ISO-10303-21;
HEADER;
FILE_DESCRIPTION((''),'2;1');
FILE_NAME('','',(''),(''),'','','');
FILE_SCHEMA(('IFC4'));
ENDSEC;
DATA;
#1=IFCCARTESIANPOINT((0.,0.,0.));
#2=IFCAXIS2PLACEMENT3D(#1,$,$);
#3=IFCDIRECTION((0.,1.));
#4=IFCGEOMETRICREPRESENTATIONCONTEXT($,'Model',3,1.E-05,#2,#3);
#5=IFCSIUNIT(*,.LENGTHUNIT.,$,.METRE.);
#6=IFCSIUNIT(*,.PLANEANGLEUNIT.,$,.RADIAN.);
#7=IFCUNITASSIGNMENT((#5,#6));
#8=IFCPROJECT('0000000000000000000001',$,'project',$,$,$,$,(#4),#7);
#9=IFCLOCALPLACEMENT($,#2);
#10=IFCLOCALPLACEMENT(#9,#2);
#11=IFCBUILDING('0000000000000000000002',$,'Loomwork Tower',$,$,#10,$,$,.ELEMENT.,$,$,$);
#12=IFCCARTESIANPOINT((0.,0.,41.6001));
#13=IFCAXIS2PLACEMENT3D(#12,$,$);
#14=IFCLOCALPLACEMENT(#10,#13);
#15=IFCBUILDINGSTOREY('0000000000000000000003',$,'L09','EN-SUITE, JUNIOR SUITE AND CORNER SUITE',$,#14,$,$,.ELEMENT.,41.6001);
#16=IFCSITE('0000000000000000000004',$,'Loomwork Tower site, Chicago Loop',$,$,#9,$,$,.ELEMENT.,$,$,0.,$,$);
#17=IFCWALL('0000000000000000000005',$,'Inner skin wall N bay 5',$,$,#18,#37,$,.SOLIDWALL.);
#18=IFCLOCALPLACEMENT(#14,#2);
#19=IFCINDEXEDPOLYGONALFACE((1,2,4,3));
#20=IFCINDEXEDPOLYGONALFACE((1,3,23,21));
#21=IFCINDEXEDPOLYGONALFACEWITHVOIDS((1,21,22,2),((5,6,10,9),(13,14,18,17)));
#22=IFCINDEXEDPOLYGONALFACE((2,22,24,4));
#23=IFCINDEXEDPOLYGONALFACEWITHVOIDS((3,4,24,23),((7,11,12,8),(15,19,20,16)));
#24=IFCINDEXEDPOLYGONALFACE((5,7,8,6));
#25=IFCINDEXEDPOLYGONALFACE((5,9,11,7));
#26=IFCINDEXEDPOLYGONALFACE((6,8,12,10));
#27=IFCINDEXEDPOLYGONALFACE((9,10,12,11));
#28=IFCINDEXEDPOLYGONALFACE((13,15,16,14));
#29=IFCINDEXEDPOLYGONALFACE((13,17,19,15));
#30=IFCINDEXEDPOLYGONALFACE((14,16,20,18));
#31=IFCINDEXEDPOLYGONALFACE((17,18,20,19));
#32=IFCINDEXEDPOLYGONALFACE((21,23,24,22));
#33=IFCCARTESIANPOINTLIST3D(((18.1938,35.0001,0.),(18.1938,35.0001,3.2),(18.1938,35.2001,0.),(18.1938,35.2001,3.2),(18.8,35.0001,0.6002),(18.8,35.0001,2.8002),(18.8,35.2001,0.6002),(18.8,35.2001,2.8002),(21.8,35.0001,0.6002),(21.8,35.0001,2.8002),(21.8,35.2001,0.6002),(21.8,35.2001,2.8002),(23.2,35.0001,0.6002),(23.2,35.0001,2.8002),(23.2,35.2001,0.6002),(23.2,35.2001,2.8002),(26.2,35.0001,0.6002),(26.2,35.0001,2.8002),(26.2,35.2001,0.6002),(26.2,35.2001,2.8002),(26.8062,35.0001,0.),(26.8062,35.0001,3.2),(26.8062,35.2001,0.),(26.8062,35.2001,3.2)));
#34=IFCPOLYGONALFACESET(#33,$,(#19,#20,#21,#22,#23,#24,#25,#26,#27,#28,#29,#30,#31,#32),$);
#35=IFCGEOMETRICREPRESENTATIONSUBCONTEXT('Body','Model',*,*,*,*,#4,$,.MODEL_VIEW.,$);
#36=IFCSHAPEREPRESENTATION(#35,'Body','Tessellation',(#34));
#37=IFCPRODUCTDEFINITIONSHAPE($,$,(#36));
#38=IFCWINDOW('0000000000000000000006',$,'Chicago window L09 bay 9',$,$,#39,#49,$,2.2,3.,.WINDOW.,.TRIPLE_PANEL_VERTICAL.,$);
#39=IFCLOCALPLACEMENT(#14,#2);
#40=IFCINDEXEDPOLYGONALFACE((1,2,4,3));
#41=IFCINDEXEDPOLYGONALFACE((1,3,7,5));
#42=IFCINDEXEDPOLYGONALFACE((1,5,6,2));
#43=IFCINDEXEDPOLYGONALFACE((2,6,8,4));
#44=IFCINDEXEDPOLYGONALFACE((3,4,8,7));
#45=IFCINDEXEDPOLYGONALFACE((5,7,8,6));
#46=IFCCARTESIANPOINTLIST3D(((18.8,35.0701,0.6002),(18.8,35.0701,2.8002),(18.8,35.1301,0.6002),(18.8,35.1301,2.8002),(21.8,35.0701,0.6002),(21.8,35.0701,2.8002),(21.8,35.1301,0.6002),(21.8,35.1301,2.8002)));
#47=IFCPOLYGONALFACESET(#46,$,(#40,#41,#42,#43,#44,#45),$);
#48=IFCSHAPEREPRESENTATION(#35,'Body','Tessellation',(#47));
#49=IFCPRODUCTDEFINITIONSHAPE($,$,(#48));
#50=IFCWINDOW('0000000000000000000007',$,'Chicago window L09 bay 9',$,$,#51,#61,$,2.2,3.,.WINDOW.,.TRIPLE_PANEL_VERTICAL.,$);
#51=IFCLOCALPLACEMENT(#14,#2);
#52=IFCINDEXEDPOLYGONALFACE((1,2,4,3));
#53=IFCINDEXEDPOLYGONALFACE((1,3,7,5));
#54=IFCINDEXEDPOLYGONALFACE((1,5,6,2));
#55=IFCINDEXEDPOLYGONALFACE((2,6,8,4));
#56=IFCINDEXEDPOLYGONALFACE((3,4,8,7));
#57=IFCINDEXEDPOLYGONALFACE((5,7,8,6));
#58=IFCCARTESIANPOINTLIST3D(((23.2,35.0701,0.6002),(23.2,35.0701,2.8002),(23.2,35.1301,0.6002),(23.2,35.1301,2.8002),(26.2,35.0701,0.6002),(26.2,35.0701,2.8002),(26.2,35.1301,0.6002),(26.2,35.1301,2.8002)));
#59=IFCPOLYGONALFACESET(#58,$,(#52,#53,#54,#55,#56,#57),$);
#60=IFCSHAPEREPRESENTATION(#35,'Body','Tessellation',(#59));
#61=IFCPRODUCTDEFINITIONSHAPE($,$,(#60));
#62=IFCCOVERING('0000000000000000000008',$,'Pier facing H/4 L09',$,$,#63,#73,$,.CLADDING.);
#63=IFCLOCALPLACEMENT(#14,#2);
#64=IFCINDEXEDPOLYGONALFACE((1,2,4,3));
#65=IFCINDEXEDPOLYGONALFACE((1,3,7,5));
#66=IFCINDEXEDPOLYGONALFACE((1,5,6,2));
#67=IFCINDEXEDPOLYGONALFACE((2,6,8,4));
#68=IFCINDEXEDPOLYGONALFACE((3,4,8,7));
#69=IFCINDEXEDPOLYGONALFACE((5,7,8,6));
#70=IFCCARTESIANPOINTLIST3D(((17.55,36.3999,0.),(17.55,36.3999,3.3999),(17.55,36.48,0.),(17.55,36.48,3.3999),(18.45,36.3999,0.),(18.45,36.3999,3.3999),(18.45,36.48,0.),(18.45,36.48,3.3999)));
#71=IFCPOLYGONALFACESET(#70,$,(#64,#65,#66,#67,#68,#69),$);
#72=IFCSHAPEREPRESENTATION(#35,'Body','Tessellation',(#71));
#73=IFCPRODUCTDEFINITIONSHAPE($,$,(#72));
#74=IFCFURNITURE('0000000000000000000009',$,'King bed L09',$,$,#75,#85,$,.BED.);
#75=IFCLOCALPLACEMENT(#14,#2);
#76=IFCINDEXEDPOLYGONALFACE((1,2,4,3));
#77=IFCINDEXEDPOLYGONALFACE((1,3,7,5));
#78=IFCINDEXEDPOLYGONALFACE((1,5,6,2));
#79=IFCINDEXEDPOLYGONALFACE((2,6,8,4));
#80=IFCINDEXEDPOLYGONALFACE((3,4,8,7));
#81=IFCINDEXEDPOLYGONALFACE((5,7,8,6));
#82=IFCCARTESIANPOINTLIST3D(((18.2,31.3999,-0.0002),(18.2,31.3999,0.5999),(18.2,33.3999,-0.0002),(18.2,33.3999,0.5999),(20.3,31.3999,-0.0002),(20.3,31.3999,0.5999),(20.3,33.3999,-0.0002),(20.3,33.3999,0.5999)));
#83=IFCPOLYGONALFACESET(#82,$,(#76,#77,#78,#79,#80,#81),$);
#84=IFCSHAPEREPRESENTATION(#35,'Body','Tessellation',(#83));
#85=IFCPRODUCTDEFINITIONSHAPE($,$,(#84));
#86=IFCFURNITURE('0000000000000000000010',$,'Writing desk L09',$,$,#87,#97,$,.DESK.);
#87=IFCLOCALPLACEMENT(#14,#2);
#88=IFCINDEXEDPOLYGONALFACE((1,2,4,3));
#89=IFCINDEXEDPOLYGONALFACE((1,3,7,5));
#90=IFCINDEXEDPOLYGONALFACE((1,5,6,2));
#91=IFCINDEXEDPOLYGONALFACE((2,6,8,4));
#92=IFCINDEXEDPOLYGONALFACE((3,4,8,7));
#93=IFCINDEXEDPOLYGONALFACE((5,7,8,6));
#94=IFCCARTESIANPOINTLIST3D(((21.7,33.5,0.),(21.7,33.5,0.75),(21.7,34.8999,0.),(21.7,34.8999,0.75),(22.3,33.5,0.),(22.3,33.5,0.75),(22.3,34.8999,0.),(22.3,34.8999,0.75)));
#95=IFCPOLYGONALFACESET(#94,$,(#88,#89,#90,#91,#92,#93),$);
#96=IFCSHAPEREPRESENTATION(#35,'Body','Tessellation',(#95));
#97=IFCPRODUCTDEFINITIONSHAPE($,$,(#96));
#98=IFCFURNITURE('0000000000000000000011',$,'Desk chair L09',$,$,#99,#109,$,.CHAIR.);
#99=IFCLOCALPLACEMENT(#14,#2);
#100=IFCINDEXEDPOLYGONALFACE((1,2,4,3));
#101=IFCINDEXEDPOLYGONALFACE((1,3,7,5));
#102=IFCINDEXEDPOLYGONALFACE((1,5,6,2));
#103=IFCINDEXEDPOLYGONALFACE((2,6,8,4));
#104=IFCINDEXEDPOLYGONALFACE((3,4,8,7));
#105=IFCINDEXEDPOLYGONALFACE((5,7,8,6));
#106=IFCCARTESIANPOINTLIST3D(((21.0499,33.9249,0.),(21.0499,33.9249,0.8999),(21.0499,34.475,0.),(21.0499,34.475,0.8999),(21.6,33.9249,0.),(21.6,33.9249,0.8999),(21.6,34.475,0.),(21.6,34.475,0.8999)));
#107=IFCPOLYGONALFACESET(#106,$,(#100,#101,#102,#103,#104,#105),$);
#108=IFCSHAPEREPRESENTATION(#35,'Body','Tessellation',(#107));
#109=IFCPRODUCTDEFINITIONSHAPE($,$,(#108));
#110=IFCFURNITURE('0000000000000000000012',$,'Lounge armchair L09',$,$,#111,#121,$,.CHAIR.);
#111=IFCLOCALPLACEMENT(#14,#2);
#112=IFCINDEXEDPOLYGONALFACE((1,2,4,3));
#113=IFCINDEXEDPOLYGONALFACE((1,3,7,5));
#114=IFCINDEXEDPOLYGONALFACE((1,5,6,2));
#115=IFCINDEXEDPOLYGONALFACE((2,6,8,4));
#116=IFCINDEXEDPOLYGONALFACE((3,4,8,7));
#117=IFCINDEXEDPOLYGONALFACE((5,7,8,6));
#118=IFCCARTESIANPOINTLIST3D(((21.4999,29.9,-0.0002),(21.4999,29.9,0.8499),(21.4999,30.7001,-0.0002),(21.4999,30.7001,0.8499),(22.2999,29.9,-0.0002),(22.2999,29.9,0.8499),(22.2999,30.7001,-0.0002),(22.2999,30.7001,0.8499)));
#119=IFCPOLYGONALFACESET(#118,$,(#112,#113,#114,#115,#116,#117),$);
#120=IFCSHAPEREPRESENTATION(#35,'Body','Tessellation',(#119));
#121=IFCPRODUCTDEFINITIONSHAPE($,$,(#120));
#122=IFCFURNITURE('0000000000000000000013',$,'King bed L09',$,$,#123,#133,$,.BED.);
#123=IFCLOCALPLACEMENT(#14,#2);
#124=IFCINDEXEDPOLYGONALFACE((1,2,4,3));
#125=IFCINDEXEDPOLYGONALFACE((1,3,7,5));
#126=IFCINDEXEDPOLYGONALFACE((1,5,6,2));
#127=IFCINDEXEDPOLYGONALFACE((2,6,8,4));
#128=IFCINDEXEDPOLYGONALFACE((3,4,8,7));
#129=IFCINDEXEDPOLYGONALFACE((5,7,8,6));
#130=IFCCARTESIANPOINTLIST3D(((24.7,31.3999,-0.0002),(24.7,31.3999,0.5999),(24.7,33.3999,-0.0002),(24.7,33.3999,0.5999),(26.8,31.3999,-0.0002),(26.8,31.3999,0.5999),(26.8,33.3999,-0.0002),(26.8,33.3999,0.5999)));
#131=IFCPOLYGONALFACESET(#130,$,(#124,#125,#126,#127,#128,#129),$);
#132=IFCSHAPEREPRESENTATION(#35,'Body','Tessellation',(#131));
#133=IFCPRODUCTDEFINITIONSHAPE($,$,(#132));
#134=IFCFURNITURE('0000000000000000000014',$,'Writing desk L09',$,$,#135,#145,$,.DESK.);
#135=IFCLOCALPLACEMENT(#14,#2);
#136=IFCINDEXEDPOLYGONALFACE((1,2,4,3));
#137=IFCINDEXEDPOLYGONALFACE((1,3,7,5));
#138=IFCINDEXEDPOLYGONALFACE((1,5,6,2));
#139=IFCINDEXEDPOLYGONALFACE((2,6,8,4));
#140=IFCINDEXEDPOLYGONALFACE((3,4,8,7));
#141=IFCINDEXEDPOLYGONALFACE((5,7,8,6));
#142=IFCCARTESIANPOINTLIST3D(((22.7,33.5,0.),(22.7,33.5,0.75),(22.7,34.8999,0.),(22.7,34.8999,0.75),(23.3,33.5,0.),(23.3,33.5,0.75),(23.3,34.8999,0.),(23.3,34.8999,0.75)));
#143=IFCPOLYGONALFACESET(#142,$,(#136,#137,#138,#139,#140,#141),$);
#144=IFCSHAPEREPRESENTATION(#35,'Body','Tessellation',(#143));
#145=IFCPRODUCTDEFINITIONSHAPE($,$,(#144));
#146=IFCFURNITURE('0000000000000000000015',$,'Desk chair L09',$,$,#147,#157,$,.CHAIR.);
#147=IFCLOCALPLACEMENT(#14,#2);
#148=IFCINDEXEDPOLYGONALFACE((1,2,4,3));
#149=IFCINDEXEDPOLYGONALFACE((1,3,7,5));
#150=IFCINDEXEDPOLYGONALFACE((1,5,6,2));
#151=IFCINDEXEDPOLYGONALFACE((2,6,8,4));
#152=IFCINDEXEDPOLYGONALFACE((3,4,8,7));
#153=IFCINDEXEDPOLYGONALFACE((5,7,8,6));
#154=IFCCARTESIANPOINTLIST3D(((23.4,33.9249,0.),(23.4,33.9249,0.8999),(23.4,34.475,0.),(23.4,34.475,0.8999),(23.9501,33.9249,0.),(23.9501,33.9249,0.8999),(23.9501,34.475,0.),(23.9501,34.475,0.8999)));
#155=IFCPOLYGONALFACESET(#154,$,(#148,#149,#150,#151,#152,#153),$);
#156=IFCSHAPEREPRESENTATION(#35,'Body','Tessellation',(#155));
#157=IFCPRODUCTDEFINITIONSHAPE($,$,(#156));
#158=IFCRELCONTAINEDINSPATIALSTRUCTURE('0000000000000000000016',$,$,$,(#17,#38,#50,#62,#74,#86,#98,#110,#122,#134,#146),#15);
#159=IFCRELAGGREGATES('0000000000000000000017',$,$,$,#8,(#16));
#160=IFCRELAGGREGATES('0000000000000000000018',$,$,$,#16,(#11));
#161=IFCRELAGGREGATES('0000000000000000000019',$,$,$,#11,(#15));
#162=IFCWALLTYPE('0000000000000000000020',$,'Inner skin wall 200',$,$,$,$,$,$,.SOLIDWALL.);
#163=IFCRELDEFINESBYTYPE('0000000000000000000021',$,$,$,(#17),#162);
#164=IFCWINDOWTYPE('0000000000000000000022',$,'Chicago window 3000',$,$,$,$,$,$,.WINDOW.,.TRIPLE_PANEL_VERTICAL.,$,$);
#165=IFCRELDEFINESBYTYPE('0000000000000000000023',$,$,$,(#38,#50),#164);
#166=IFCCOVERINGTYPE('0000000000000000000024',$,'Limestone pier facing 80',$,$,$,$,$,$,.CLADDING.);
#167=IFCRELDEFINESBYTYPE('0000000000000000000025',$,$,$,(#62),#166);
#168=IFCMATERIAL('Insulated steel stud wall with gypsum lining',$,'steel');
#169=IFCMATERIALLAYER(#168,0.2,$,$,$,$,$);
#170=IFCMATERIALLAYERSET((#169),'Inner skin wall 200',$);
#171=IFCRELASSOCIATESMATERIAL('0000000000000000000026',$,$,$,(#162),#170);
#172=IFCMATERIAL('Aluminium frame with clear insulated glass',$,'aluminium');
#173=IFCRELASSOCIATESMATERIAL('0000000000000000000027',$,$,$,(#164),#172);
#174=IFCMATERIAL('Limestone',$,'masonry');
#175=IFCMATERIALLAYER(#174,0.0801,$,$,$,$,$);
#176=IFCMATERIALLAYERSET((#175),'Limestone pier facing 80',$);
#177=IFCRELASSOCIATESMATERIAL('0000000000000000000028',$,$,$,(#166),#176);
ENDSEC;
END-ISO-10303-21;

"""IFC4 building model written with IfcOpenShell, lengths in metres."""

from ifc_helpers import new_model, si_unit, direction, frame, frame_2d, origin, origin_2d, place, context, subcontext, project, spatial, rectangle, extrude, material, layer, layer_set, type_object, element, fill, save


model = new_model("IFC4")

# Units and contexts
model_context = context("Model", 3, precision=1e-05, world=origin(), true_north=direction((0.0, 1.0)))
body_context = subcontext(model_context, "Body", "Model", "MODEL_VIEW")
ifc_project = project(units=[si_unit("LENGTHUNIT", "METRE"), si_unit("PLANEANGLEUNIT", "RADIAN")], contexts=[model_context])

# Site, building, storey
site_placement = place(None, origin())
site = spatial("IfcSite", under=ifc_project, at=site_placement, Name="Loomwork Tower site, Chicago Loop", CompositionType="ELEMENT", RefElevation=0.0)
building_placement = place(site_placement, origin())
building = spatial("IfcBuilding", under=site, at=building_placement, Name="Loomwork Tower", CompositionType="ELEMENT")
storey_placement = place(building_placement, frame((0.0, 0.0, 41.6001)))
storey = spatial("IfcBuildingStorey", under=building, at=storey_placement, Name="L09", Description="EN-SUITE, JUNIOR SUITE AND CORNER SUITE", CompositionType="ELEMENT", Elevation=41.6001)

# Shared definitions
ifc_material_1 = material(Name="Insulated steel stud wall with gypsum lining", Category="steel")
ifc_layer_1 = layer(ifc_material_1, 0.2)
ifc_layer_set_1 = layer_set([ifc_layer_1], Name="Inner skin wall 200")
wall_type_1 = type_object("IfcWallType", Name="Inner skin wall 200", PredefinedType="SOLIDWALL", material=ifc_layer_set_1)

# Wall, openings, windows
wall_1_placement = place(storey_placement, frame((18.1938, 35.1001, 0.0), z_axis=(0.0, 0.0, 1.0), x_axis=(1.0, 0.0, 0.0)))
wall_1 = element("IfcWall", 1, at=wall_1_placement, inside=storey, type_object=wall_type_1, Name="Inner skin wall N bay 5", PredefinedType="SOLIDWALL", context=body_context, shape_type="SweptSolid", body=[
    extrude(rectangle(XDim=8.6123, YDim=0.2, at=frame_2d((4.3062, 0.0))), origin(), (0.0, 0.0, 1.0), 3.2),
])
opening_1_placement = place(wall_1_placement, frame((0.6062, 0.0, 0.6001)))
opening_1 = element("IfcOpeningElement", 2, at=opening_1_placement, cuts=wall_1, PredefinedType="OPENING", context=body_context, shape_type="SweptSolid", body=[
    extrude(rectangle(XDim=3.0, YDim=2.2, at=frame_2d((1.5, 1.1001))), frame((0.0, 0.1099, 0.0), z_axis=(0.0, -1.0, 0.0), x_axis=(1.0, 0.0, 0.0)), (0.0, 0.0, 1.0), 0.22),
])
opening_2_placement = place(wall_1_placement, frame((5.0061, 0.0, 0.6001)))
opening_2 = element("IfcOpeningElement", 3, at=opening_2_placement, cuts=wall_1, PredefinedType="OPENING", context=body_context, shape_type="SweptSolid", body=[
    extrude(rectangle(XDim=3.0, YDim=2.2, at=frame_2d((1.5, 1.1001))), frame((0.0, 0.1099, 0.0), z_axis=(0.0, -1.0, 0.0), x_axis=(1.0, 0.0, 0.0)), (0.0, 0.0, 1.0), 0.22),
])
ifc_material_2 = material(Name="Aluminium frame with clear insulated glass", Category="aluminium")
window_type = type_object("IfcWindowType", Name="Chicago window 3000", PartitioningType="TRIPLE_PANEL_VERTICAL", PredefinedType="WINDOW", material=ifc_material_2)
window_1_placement = place(opening_1_placement, origin())
window_1 = element("IfcWindow", 4, at=window_1_placement, inside=storey, type_object=window_type, Name="Chicago window L09 bay 9", OverallHeight=2.2, OverallWidth=3.0, PartitioningType="TRIPLE_PANEL_VERTICAL", PredefinedType="WINDOW", context=body_context, shape_type="SweptSolid", body=[
    extrude(rectangle(XDim=3.0, YDim=2.2, at=frame_2d((1.5, 1.1001))), frame((0.0, 0.03, 0.0), z_axis=(0.0, -1.0, 0.0), x_axis=(1.0, 0.0, 0.0)), (0.0, 0.0, 1.0), 0.0601),
])
fill(opening_1, window_1)
window_2_placement = place(opening_2_placement, origin())
window_2 = element("IfcWindow", 5, at=window_2_placement, inside=storey, type_object=window_type, Name="Chicago window L09 bay 9", OverallHeight=2.2, OverallWidth=3.0, PartitioningType="TRIPLE_PANEL_VERTICAL", PredefinedType="WINDOW", context=body_context, shape_type="SweptSolid", body=[
    extrude(rectangle(XDim=3.0, YDim=2.2, at=frame_2d((1.5, 1.1001))), frame((0.0, 0.03, 0.0), z_axis=(0.0, -1.0, 0.0), x_axis=(1.0, 0.0, 0.0)), (0.0, 0.0, 1.0), 0.0601),
])
fill(opening_2, window_2)

# Covering
ifc_material_3 = material(Name="Limestone", Category="masonry")
ifc_layer_2 = layer(ifc_material_3, 0.0801)
ifc_layer_set_2 = layer_set([ifc_layer_2], Name="Limestone pier facing 80")
covering_type = type_object("IfcCoveringType", Name="Limestone pier facing 80", PredefinedType="CLADDING", material=ifc_layer_set_2)
covering_placement = place(storey_placement, frame((18.0, 36.4399, 0.0), z_axis=(0.0, 0.0, 1.0), x_axis=(1.0, 0.0, 0.0)))
element("IfcCovering", 6, at=covering_placement, inside=storey, type_object=covering_type, Name="Pier facing H/4 L09", PredefinedType="CLADDING", context=body_context, shape_type="SweptSolid", body=[
    extrude(rectangle(XDim=0.8999, YDim=0.0801, at=origin_2d()), origin(), (0.0, 0.0, 1.0), 3.3999),
])

# Furniture
furniture_1_placement = place(storey_placement, frame((19.25, 32.3999, -0.0002), z_axis=(0.0, 0.0, 1.0), x_axis=(1.0, 0.0, 0.0)))
element("IfcFurniture", 7, at=furniture_1_placement, inside=storey, Name="King bed L09", PredefinedType="BED", context=body_context, shape_type="SweptSolid", body=[
    extrude(rectangle(XDim=2.1001, YDim=2.0, at=origin_2d()), origin(), (0.0, 0.0, 1.0), 0.6001),
])
furniture_2_placement = place(storey_placement, frame((22.0, 34.2, 0.0), z_axis=(0.0, 0.0, 1.0), x_axis=(1.0, 0.0, 0.0)))
element("IfcFurniture", 8, at=furniture_2_placement, inside=storey, Name="Writing desk L09", PredefinedType="DESK", context=body_context, shape_type="SweptSolid", body=[
    extrude(rectangle(XDim=0.6001, YDim=1.3999, at=origin_2d()), origin(), (0.0, 0.0, 1.0), 0.75),
])
furniture_3_placement = place(storey_placement, frame((21.325, 34.2, 0.0), z_axis=(0.0, 0.0, 1.0), x_axis=(1.0, 0.0, 0.0)))
element("IfcFurniture", 9, at=furniture_3_placement, inside=storey, Name="Desk chair L09", PredefinedType="CHAIR", context=body_context, shape_type="SweptSolid", body=[
    extrude(rectangle(XDim=0.55, YDim=0.55, at=origin_2d()), origin(), (0.0, 0.0, 1.0), 0.8999),
])
furniture_4_placement = place(storey_placement, frame((21.8999, 30.3, -0.0002), z_axis=(0.0, 0.0, 1.0), x_axis=(1.0, 0.0, 0.0)))
element("IfcFurniture", 10, at=furniture_4_placement, inside=storey, Name="Lounge armchair L09", PredefinedType="CHAIR", context=body_context, shape_type="SweptSolid", body=[
    extrude(rectangle(XDim=0.8, YDim=0.8, at=origin_2d()), origin(), (0.0, 0.0, 1.0), 0.8501),
])
furniture_5_placement = place(storey_placement, frame((25.75, 32.3999, -0.0002), z_axis=(0.0, 0.0, 1.0), x_axis=(1.0, 0.0, 0.0)))
element("IfcFurniture", 11, at=furniture_5_placement, inside=storey, Name="King bed L09", PredefinedType="BED", context=body_context, shape_type="SweptSolid", body=[
    extrude(rectangle(XDim=2.1001, YDim=2.0, at=origin_2d()), origin(), (0.0, 0.0, 1.0), 0.6001),
])
furniture_6_placement = place(storey_placement, frame((23.0, 34.2, 0.0), z_axis=(0.0, 0.0, 1.0), x_axis=(1.0, 0.0, 0.0)))
element("IfcFurniture", 12, at=furniture_6_placement, inside=storey, Name="Writing desk L09", PredefinedType="DESK", context=body_context, shape_type="SweptSolid", body=[
    extrude(rectangle(XDim=0.6001, YDim=1.3999, at=origin_2d()), origin(), (0.0, 0.0, 1.0), 0.75),
])
furniture_7_placement = place(storey_placement, frame((23.675, 34.2, 0.0), z_axis=(0.0, 0.0, 1.0), x_axis=(1.0, 0.0, 0.0)))
element("IfcFurniture", 13, at=furniture_7_placement, inside=storey, Name="Desk chair L09", PredefinedType="CHAIR", context=body_context, shape_type="SweptSolid", body=[
    extrude(rectangle(XDim=0.55, YDim=0.55, at=origin_2d()), origin(), (0.0, 0.0, 1.0), 0.8999),
])

save(model, "model.ifc")
